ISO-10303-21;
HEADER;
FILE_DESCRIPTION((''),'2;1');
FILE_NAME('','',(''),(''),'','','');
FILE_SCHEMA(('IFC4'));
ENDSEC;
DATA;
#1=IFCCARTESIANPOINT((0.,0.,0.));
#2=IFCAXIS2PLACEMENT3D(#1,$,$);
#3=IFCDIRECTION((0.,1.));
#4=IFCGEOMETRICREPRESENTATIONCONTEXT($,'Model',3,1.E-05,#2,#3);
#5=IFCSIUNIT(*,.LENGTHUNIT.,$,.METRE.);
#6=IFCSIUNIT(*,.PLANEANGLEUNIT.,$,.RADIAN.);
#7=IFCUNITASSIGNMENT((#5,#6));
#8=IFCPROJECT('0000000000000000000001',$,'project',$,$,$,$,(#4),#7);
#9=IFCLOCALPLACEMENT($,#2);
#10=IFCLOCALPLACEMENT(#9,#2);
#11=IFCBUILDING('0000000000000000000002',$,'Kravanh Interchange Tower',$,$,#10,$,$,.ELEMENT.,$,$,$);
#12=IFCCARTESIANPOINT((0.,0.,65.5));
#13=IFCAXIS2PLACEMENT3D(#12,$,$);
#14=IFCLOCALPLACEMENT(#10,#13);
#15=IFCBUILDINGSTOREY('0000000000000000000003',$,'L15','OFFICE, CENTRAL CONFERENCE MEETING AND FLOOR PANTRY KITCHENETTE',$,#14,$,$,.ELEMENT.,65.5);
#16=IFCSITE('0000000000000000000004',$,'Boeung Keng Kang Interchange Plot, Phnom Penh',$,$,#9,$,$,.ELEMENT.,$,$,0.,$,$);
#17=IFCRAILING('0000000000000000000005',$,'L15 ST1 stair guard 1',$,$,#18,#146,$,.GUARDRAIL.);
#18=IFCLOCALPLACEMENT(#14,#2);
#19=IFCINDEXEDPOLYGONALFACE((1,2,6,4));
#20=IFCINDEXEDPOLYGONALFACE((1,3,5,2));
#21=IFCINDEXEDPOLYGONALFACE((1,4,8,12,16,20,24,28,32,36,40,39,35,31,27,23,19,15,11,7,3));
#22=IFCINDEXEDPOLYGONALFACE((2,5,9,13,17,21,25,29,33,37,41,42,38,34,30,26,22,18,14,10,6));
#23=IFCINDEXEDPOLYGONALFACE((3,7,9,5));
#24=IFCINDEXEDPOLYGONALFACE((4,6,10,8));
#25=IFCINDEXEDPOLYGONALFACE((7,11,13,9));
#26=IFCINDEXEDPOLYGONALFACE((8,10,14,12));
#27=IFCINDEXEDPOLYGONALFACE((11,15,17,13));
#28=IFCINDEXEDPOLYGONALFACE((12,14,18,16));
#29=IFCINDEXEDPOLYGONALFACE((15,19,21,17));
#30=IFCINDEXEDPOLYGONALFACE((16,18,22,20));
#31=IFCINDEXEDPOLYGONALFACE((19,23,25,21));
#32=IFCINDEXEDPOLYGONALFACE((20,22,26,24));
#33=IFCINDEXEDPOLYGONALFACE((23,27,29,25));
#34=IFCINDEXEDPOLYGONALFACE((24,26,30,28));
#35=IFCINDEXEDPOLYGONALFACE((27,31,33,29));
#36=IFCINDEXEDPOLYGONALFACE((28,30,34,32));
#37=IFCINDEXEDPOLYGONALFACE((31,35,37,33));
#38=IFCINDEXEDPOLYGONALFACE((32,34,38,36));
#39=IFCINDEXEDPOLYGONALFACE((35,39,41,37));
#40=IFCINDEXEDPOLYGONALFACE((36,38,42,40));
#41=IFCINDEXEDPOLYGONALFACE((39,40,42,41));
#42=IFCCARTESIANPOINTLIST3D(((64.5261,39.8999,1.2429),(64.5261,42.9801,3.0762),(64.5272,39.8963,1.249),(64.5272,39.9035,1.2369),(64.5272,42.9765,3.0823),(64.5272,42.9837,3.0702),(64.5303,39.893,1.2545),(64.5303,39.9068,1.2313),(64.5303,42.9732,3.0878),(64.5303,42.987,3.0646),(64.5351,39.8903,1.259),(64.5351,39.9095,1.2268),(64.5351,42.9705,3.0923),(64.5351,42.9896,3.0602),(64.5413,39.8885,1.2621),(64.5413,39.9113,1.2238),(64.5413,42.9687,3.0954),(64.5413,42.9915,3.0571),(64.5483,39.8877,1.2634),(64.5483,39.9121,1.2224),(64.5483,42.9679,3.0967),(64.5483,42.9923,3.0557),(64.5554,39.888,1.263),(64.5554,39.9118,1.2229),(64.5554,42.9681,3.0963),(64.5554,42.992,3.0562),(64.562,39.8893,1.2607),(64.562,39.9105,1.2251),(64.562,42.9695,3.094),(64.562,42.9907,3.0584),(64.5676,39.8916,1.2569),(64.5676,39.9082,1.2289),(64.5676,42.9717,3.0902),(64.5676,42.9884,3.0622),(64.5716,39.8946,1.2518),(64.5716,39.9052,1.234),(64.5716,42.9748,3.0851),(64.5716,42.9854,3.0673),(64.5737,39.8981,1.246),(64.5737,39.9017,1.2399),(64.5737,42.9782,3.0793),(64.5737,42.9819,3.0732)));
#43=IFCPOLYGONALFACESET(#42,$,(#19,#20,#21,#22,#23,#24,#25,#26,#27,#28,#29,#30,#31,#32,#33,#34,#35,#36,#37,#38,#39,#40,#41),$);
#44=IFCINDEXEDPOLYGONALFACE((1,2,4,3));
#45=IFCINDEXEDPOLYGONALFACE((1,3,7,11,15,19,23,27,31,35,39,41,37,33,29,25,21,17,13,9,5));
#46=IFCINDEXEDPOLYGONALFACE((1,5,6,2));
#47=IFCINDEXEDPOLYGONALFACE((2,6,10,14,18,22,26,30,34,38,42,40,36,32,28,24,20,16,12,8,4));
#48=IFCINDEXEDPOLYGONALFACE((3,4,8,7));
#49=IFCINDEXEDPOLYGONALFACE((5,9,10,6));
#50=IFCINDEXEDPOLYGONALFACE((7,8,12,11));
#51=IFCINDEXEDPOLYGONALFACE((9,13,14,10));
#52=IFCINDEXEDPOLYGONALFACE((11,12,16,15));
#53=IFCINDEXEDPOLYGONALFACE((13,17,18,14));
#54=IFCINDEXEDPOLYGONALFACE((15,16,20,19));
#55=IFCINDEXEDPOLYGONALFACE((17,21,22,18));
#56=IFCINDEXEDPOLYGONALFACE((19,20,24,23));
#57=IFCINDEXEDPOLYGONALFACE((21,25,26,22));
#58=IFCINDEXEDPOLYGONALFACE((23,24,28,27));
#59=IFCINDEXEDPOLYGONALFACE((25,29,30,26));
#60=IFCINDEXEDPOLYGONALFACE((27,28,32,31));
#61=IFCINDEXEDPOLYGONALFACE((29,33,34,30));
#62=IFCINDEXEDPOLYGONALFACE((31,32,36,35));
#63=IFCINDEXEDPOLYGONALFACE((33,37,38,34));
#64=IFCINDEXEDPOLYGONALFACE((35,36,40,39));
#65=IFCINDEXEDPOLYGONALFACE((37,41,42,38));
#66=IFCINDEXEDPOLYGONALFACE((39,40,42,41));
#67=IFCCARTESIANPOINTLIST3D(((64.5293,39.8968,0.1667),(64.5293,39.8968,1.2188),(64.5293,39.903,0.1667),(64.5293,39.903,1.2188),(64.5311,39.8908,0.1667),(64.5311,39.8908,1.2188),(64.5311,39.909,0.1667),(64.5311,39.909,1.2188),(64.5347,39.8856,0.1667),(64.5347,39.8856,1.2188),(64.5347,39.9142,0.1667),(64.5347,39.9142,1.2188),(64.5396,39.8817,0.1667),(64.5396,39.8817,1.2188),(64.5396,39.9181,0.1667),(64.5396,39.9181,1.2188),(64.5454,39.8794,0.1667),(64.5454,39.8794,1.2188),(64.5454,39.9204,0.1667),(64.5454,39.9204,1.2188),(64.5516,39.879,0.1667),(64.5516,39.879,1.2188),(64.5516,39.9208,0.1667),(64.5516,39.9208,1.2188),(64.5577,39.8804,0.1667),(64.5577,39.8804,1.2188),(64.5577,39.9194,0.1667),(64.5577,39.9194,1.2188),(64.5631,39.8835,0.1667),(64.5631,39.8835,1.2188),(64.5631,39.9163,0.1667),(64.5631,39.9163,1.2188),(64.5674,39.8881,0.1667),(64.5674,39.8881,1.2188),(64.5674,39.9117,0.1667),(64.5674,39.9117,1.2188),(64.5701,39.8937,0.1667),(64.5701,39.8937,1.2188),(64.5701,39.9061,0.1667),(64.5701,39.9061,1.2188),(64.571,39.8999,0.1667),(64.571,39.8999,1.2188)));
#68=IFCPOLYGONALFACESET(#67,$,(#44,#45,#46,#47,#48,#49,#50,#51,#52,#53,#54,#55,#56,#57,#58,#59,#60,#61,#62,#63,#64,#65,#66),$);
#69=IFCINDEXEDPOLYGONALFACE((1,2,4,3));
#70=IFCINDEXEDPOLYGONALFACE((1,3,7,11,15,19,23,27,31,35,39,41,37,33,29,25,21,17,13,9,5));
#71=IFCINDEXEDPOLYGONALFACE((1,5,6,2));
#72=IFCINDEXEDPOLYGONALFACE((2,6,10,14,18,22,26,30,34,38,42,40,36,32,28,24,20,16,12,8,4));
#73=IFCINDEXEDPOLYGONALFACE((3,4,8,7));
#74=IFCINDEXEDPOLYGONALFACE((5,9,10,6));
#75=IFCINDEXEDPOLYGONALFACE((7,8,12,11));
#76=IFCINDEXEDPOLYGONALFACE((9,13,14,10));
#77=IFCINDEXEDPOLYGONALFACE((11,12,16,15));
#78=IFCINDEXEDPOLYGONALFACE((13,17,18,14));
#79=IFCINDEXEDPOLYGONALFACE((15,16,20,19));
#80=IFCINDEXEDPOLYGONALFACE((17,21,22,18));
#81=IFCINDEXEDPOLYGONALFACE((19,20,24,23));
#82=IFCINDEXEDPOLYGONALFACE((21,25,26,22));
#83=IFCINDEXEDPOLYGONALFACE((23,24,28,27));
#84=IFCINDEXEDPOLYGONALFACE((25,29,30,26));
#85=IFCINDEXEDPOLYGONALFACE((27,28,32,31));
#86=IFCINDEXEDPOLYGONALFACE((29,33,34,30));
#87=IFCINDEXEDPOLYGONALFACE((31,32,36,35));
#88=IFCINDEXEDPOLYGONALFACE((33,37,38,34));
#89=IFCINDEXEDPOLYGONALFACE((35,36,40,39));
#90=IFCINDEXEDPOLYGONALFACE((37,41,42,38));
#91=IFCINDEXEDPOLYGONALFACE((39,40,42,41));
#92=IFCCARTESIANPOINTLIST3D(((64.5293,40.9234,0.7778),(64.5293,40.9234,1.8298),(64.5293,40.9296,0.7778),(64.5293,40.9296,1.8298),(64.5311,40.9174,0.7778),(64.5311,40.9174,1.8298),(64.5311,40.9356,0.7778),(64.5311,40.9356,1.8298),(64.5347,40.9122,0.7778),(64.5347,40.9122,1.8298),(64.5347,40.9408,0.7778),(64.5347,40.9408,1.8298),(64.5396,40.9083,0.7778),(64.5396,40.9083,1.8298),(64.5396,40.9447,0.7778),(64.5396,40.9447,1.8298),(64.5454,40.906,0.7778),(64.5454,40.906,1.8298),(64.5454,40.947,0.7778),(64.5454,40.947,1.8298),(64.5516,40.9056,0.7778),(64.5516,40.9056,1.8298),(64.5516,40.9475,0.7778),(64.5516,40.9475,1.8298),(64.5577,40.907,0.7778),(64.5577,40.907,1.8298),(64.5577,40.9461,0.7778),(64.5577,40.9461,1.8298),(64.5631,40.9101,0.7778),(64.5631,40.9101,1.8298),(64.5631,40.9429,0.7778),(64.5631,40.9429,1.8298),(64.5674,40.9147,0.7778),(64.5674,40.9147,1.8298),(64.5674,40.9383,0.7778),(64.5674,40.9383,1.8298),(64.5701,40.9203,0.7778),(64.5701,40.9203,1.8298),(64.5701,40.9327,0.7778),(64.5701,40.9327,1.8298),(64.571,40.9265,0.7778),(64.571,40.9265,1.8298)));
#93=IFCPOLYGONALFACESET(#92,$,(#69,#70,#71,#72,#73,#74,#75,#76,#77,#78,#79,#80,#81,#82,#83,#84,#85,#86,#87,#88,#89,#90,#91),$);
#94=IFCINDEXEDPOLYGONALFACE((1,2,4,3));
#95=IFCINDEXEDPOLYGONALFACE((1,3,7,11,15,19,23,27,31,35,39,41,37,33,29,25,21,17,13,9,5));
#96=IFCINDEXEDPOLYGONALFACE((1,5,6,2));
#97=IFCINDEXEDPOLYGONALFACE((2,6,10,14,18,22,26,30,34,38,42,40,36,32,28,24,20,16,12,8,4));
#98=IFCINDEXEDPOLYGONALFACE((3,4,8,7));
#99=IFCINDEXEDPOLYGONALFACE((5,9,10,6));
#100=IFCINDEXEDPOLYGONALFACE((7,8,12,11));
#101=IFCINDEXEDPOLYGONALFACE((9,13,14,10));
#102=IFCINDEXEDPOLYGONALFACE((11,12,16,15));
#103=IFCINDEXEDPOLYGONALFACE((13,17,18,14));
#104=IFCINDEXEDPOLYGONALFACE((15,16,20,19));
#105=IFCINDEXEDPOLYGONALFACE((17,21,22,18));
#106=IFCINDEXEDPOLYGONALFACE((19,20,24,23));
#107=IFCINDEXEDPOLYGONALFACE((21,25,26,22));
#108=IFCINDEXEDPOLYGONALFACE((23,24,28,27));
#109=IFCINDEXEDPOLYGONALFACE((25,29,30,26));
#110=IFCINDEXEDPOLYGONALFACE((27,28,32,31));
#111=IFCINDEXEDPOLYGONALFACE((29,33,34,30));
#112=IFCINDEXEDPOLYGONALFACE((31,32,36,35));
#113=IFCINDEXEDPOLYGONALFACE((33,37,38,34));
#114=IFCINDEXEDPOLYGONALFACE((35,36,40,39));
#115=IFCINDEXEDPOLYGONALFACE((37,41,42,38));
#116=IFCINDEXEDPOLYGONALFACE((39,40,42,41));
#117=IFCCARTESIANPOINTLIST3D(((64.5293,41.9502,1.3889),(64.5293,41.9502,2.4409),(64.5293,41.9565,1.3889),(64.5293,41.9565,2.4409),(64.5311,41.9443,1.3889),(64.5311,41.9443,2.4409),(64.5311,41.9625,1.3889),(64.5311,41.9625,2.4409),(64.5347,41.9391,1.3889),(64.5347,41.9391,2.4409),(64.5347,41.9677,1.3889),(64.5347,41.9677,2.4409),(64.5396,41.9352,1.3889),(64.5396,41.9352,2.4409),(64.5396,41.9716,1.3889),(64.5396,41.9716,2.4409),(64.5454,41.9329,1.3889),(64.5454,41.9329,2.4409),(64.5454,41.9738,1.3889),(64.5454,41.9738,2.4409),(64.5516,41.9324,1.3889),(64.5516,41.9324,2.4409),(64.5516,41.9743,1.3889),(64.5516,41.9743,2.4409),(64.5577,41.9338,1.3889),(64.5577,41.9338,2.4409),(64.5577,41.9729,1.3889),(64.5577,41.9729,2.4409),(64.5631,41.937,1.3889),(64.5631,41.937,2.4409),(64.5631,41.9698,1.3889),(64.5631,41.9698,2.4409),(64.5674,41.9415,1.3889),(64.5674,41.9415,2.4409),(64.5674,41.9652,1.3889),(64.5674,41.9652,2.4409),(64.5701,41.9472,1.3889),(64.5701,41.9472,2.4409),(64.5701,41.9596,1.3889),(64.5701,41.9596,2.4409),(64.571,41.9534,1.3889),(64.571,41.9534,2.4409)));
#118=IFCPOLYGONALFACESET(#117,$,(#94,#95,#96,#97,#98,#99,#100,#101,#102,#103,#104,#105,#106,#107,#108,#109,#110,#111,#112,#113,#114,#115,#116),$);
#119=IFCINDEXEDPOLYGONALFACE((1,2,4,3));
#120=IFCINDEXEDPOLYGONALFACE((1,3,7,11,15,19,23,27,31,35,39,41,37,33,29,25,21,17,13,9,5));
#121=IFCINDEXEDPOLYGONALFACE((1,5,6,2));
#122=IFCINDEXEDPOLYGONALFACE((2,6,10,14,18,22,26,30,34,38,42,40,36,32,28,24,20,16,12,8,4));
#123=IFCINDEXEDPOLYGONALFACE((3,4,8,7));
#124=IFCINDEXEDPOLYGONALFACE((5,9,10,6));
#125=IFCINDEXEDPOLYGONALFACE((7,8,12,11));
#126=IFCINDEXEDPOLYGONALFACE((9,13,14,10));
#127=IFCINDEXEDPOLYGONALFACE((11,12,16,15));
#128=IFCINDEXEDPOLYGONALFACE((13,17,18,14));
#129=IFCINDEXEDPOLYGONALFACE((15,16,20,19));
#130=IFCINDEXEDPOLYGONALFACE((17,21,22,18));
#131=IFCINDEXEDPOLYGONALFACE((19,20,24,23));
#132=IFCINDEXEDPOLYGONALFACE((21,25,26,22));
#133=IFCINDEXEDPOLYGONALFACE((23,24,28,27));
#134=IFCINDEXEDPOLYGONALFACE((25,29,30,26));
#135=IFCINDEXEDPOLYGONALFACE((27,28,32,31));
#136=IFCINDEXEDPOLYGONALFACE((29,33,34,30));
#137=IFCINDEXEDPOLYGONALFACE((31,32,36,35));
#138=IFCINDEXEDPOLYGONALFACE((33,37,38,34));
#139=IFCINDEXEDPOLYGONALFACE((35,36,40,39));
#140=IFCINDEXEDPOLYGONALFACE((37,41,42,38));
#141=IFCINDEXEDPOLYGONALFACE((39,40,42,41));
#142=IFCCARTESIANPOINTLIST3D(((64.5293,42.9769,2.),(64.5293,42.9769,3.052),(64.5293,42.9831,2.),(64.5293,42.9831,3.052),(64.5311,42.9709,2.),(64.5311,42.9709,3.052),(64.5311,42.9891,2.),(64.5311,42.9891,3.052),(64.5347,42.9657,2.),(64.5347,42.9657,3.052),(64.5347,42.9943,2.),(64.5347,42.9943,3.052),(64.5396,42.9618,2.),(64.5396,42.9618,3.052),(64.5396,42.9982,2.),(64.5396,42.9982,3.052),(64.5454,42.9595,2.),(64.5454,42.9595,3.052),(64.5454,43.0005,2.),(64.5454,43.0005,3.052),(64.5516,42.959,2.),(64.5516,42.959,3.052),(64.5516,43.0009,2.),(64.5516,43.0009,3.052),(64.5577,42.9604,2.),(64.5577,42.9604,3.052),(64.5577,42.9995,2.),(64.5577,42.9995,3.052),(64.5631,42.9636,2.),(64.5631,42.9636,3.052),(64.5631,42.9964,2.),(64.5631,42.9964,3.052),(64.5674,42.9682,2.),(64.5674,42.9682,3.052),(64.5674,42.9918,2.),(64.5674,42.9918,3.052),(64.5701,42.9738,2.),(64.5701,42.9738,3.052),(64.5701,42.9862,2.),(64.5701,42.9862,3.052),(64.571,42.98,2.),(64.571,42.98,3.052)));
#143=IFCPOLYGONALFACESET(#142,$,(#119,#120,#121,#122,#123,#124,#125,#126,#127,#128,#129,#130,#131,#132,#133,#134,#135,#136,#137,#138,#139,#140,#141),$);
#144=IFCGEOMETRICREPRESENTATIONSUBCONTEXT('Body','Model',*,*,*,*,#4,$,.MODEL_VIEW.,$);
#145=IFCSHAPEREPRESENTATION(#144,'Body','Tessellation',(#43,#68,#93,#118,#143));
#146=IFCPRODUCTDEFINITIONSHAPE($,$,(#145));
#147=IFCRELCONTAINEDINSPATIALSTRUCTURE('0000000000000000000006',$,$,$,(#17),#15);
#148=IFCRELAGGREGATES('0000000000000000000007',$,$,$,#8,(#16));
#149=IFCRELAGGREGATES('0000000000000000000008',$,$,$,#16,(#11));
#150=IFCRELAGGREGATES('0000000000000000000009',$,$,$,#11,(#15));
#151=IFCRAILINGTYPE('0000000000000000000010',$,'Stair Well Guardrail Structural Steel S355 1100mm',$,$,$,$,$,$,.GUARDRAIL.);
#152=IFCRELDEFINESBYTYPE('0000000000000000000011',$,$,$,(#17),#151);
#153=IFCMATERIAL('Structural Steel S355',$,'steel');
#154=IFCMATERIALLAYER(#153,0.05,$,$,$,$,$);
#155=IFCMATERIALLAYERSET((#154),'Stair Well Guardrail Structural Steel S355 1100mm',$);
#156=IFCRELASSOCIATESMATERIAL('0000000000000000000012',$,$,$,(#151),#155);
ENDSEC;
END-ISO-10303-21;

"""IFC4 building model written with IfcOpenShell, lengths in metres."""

from ifc_helpers import new_model, si_unit, direction, frame, origin, origin_2d, place, context, subcontext, project, spatial, circle, extrude, material, layer, layer_set, type_object, element, save


model = new_model("IFC4")

# Units and contexts
model_context = context("Model", 3, precision=1e-05, world=origin(), true_north=direction((0.0, 1.0)))
body_context = subcontext(model_context, "Body", "Model", "MODEL_VIEW")
ifc_project = project(units=[si_unit("LENGTHUNIT", "METRE"), si_unit("PLANEANGLEUNIT", "RADIAN")], contexts=[model_context])

# Site, building, storey
site_placement = place(None, origin())
site = spatial("IfcSite", under=ifc_project, at=site_placement, Name="Boeung Keng Kang Interchange Plot, Phnom Penh", CompositionType="ELEMENT", RefElevation=0.0)
building_placement = place(site_placement, origin())
building = spatial("IfcBuilding", under=site, at=building_placement, Name="Kravanh Interchange Tower", CompositionType="ELEMENT")
storey_placement = place(building_placement, frame((0.0, 0.0, 65.5)))
storey = spatial("IfcBuildingStorey", under=building, at=storey_placement, Name="L15", Description="OFFICE, CENTRAL CONFERENCE MEETING AND FLOOR PANTRY KITCHENETTE", CompositionType="ELEMENT", Elevation=65.5)

# Railing
ifc_material_1 = material(Name="Structural Steel S355", Category="steel")
ifc_layer_1 = layer(ifc_material_1, 0.05)
ifc_layer_set_1 = layer_set([ifc_layer_1], Name="Stair Well Guardrail Structural Steel S355 1100mm")
railing_type_1 = type_object("IfcRailingType", Name="Stair Well Guardrail Structural Steel S355 1100mm", PredefinedType="GUARDRAIL", material=ifc_layer_set_1)
railing_1_placement = place(storey_placement, frame((64.55, 39.8999, 0.1667)))
element("IfcRailing", 1, at=railing_1_placement, inside=storey, type_object=railing_type_1, Name="L15 ST1 stair guard 1", PredefinedType="GUARDRAIL", context=body_context, shape_type="SweptSolid", body=[
    extrude(circle(Radius=0.0239, at=origin_2d()), frame((0.0, 0.0, 1.0762), z_axis=(0.0, 0.859309, 0.511458), x_axis=(-1.0, 0.0, 0.0)), (0.0, 0.0, 1.0), 3.5845),
    extrude(circle(Radius=0.021, at=origin_2d()), origin(), (0.0, 0.0, 1.0), 1.052),
    extrude(circle(Radius=0.021, at=origin_2d()), frame((0.0, 1.0266, 0.6111)), (0.0, 0.0, 1.0), 1.052),
    extrude(circle(Radius=0.021, at=origin_2d()), frame((0.0, 2.0535, 1.2222)), (0.0, 0.0, 1.0), 1.052),
    extrude(circle(Radius=0.021, at=origin_2d()), frame((0.0, 3.0801, 1.8333)), (0.0, 0.0, 1.0), 1.052),
])

save(model, "model.ifc")
